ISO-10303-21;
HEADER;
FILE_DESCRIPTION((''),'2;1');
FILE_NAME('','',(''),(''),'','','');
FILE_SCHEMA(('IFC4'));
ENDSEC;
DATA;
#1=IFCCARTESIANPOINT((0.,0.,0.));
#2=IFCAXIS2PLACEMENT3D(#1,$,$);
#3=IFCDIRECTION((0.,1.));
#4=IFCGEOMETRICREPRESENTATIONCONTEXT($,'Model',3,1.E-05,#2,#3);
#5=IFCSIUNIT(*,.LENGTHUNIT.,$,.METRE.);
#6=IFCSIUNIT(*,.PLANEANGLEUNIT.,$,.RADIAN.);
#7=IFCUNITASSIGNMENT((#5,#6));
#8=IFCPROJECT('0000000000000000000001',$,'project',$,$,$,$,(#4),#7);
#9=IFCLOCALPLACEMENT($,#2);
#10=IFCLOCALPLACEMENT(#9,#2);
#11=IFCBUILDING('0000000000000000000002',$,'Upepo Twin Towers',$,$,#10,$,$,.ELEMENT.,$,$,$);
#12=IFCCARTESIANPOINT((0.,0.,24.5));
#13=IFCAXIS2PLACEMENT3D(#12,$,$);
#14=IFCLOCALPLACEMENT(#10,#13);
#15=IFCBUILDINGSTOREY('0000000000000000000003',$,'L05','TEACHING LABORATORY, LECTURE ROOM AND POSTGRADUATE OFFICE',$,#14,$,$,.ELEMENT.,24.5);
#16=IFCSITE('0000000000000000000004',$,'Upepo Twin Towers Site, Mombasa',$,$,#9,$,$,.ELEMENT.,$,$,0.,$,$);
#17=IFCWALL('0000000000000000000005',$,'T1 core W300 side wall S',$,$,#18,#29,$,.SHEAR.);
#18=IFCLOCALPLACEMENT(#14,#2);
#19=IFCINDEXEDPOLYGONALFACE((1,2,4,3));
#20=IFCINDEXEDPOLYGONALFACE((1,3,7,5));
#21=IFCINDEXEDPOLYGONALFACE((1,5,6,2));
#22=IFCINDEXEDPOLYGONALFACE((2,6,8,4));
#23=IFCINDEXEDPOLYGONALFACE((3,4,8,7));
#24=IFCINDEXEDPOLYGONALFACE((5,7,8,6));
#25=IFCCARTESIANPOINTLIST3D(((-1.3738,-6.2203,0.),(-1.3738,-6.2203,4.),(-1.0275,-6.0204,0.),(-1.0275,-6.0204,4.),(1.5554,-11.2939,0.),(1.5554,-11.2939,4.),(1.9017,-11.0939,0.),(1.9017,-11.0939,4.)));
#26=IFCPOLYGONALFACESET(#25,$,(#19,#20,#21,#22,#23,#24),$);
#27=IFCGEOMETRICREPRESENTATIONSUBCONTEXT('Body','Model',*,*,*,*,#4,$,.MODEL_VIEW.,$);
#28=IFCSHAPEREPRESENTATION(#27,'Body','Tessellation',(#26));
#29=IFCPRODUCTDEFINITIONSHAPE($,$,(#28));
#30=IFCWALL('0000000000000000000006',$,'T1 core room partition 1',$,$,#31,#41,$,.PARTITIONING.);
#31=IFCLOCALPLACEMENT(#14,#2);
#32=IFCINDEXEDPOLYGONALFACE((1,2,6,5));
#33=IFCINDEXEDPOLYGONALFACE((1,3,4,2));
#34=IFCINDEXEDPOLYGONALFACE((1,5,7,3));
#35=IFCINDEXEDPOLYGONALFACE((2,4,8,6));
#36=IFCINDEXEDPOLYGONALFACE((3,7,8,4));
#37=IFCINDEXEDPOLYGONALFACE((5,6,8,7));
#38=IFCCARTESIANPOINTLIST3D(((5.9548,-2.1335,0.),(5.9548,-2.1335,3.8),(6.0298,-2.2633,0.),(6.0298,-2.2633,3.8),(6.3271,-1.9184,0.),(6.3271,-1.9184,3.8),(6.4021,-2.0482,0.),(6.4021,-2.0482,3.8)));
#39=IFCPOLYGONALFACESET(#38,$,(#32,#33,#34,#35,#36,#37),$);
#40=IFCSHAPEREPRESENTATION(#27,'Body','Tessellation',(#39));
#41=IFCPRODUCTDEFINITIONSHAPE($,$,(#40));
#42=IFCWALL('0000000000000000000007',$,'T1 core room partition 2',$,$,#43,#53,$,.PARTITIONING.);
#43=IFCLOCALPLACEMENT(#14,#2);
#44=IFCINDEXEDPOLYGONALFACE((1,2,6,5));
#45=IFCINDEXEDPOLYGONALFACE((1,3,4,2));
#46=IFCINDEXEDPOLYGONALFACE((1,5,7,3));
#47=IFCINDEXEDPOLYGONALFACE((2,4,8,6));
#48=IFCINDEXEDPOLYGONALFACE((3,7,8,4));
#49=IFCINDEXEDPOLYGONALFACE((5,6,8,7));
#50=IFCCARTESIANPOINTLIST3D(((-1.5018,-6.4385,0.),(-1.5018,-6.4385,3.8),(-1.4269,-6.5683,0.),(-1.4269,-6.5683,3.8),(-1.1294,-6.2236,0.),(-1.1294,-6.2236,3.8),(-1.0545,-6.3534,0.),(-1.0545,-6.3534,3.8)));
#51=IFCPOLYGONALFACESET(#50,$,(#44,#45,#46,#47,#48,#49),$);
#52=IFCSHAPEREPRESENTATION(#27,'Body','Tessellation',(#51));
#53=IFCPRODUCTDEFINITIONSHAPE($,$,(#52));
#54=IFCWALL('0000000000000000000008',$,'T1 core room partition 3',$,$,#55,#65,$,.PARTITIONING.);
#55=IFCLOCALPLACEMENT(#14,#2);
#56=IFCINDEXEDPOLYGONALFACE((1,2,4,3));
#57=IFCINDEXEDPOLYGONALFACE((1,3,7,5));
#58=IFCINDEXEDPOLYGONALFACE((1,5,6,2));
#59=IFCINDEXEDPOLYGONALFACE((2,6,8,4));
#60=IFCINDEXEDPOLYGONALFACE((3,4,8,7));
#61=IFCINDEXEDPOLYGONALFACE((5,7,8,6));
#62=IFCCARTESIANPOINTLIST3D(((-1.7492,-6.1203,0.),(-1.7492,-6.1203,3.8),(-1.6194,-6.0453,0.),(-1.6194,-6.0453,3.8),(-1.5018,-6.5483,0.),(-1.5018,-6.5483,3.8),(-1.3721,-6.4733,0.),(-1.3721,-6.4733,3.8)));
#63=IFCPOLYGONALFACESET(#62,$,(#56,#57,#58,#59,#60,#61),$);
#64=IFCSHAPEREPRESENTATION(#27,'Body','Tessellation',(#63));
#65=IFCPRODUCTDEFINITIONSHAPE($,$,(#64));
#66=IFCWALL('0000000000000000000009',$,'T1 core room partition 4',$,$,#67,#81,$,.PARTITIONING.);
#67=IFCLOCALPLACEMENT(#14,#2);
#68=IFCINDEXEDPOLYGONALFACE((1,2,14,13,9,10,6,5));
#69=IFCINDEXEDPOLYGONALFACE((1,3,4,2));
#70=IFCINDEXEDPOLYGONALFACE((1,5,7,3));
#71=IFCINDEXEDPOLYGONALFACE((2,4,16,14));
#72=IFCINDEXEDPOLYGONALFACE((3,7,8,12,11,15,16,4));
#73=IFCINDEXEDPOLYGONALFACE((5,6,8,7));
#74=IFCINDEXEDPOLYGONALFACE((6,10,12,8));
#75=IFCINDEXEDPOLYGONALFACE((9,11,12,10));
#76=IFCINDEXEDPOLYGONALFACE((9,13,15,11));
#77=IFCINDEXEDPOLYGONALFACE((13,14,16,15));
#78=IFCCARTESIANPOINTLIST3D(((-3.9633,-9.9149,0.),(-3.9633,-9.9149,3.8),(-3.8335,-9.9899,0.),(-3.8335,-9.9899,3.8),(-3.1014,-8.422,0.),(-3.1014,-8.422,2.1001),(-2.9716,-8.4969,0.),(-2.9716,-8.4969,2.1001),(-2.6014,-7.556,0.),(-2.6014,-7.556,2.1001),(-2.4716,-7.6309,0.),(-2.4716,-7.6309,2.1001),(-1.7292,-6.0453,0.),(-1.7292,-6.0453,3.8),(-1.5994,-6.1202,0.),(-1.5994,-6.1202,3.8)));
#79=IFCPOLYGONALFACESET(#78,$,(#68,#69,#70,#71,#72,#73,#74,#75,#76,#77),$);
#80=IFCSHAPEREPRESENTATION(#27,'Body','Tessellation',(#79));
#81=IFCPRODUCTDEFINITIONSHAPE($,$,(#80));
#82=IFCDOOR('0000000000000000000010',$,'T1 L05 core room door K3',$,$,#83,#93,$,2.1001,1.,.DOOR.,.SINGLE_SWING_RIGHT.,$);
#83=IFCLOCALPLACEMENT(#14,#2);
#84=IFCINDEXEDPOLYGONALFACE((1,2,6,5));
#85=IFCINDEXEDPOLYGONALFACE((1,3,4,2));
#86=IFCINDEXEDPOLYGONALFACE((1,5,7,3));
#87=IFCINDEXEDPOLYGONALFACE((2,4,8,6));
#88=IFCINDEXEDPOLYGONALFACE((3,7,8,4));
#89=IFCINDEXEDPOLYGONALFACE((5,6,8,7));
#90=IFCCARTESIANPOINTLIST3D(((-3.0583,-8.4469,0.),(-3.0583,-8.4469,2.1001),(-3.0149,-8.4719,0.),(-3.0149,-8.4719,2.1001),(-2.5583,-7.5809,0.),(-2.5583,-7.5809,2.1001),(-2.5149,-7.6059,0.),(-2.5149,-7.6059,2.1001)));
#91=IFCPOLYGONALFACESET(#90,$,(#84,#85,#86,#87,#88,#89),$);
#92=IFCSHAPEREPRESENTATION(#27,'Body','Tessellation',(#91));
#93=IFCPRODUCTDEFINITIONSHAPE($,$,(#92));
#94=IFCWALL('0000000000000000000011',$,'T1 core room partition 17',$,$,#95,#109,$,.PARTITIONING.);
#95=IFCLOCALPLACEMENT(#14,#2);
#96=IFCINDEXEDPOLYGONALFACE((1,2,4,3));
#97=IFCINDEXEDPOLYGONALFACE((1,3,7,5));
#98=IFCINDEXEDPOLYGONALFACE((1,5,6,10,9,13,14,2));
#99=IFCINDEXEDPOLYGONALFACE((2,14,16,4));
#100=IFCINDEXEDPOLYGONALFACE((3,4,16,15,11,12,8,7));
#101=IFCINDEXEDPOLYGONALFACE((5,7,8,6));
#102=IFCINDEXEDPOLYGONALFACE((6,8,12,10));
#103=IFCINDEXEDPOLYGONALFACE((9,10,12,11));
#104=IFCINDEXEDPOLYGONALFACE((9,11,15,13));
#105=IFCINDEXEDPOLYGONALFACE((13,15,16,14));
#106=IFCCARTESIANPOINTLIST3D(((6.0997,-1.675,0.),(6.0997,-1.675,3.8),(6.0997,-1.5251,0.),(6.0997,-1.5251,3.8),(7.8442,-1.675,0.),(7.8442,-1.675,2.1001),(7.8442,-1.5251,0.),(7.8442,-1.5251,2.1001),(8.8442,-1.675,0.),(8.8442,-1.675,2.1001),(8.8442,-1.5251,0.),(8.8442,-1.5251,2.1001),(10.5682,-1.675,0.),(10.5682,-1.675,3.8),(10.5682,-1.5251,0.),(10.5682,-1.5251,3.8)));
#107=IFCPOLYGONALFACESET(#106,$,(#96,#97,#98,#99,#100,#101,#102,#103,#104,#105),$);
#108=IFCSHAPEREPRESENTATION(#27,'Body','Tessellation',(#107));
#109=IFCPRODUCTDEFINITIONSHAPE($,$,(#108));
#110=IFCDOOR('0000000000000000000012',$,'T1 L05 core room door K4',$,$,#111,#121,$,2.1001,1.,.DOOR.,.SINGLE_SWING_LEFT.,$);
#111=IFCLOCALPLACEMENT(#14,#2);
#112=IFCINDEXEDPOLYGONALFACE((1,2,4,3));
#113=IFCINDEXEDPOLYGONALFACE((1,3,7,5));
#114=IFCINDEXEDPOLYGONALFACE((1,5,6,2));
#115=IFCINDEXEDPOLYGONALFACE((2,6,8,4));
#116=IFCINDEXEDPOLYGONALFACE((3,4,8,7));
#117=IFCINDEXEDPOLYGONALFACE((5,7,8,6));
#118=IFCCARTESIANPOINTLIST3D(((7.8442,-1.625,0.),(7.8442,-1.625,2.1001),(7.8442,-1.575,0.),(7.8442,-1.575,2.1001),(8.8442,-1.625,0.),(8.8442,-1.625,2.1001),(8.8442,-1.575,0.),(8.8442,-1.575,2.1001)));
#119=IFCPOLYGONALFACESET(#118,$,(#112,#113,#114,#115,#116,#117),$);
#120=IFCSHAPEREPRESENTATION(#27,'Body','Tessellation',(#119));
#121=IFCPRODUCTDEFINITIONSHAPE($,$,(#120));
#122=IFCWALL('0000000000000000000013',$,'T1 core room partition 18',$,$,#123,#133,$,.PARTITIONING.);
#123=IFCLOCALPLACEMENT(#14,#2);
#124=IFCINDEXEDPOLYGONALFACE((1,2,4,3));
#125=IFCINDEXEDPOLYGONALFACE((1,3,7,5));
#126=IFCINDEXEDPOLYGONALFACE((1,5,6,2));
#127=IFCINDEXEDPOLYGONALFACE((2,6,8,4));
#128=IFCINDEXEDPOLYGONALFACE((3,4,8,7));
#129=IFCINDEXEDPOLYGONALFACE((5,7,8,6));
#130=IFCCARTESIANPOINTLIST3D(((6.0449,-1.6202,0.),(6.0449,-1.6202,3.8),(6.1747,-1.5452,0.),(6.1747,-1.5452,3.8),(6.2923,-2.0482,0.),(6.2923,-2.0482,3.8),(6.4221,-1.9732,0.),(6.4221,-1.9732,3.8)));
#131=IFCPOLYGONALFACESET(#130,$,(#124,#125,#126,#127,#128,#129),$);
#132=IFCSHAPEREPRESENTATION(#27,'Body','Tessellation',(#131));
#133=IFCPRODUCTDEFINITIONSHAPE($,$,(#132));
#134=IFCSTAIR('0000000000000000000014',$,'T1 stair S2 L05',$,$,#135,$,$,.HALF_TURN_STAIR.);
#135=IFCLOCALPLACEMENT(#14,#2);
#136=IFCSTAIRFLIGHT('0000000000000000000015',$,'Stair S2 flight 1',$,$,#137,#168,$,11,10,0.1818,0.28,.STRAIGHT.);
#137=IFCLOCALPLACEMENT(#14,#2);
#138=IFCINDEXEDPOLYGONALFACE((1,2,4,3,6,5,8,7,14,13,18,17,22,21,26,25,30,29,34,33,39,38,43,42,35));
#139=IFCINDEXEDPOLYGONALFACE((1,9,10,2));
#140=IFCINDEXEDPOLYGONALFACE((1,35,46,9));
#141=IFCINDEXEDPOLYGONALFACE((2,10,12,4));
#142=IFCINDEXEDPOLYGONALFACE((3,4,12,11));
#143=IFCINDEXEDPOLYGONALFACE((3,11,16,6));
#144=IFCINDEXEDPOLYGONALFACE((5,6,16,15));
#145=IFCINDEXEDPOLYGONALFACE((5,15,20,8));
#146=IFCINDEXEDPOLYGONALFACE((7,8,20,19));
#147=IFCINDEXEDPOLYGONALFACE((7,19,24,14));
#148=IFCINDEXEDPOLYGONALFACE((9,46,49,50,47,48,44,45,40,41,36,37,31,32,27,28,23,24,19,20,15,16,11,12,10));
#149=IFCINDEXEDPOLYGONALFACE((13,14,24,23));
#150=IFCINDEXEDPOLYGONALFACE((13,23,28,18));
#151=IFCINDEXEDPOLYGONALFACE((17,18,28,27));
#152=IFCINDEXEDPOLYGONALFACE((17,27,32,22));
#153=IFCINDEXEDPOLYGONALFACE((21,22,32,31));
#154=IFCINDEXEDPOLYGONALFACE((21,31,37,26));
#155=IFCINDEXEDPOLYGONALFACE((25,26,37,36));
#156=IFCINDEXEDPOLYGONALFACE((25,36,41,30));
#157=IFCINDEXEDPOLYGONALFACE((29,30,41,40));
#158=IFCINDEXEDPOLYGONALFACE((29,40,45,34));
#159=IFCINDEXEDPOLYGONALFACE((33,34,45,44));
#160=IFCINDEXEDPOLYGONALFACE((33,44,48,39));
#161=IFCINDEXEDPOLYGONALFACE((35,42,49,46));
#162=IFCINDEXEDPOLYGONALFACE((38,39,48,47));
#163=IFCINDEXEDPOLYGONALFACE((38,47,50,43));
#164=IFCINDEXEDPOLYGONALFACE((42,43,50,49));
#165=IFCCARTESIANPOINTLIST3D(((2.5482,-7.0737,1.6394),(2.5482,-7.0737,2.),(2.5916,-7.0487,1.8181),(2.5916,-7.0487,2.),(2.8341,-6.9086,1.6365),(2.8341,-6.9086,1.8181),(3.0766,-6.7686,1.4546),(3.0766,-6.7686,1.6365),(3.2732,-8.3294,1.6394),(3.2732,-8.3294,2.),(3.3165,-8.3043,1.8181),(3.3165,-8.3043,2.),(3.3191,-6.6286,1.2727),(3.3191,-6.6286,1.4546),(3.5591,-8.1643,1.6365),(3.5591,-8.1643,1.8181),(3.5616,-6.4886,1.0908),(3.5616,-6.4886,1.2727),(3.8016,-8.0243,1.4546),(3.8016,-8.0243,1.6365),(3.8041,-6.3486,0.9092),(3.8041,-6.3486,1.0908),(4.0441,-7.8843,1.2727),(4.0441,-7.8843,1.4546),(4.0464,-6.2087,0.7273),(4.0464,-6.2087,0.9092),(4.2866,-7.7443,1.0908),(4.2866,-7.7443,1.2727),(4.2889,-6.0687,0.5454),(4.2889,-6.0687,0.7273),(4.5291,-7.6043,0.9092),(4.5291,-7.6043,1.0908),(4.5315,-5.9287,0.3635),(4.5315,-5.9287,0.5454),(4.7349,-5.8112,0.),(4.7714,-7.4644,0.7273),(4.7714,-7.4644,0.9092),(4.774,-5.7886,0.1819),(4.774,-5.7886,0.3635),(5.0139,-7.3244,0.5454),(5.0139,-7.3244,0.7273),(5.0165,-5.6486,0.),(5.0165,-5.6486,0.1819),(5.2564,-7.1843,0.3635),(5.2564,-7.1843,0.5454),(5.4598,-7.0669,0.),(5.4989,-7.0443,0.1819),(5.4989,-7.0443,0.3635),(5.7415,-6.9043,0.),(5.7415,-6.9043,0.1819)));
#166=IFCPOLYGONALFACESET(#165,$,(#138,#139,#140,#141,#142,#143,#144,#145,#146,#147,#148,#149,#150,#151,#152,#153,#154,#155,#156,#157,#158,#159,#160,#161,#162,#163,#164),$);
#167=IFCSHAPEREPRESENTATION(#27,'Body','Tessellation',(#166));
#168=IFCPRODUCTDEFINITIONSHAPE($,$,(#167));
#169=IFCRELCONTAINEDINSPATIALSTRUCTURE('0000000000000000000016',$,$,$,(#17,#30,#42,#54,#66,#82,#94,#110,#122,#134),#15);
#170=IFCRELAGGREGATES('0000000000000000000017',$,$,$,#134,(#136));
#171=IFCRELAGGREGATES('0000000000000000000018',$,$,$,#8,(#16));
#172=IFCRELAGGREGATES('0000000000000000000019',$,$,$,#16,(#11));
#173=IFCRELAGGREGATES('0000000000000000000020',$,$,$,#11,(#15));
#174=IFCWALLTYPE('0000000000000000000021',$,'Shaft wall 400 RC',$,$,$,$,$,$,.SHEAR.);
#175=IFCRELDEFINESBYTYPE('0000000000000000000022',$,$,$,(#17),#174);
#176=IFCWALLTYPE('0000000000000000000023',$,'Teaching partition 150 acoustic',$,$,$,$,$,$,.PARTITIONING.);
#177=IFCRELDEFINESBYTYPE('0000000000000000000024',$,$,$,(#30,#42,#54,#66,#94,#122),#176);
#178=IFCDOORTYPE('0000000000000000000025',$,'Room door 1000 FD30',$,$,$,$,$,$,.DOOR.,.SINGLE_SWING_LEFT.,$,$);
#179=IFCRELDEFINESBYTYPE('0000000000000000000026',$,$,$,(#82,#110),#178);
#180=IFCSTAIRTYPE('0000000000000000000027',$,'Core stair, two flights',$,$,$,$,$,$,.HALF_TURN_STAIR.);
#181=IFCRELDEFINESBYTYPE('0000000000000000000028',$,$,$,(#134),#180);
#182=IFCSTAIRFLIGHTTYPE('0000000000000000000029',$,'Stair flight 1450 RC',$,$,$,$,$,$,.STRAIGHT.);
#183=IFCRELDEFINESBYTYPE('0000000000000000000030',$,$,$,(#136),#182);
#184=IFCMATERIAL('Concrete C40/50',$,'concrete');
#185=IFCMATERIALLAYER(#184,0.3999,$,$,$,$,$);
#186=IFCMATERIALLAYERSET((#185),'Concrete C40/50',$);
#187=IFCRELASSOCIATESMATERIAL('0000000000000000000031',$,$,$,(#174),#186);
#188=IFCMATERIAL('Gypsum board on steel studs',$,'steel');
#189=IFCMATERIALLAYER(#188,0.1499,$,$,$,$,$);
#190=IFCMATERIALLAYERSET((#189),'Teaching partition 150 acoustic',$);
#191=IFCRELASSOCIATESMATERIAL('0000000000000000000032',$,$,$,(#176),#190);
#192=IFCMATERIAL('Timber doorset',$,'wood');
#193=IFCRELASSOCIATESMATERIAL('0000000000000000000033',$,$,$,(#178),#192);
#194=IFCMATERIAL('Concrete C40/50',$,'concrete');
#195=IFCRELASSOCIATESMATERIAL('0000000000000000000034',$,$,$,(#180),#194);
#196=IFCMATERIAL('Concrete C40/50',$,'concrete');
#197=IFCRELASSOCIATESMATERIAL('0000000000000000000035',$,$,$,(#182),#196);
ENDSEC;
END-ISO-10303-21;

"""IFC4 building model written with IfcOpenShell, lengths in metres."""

from ifc_helpers import new_model, si_unit, direction, frame, frame_2d, origin, place, context, subcontext, project, spatial, polyline, rectangle, outline, extrude, material, layer, layer_set, type_object, element, fill, aggregate, save


model = new_model("IFC4")

# Units and contexts
model_context = context("Model", 3, precision=1e-05, world=origin(), true_north=direction((0.0, 1.0)))
body_context = subcontext(model_context, "Body", "Model", "MODEL_VIEW")
ifc_project = project(units=[si_unit("LENGTHUNIT", "METRE"), si_unit("PLANEANGLEUNIT", "RADIAN")], contexts=[model_context])

# Site, building, storey
site_placement = place(None, origin())
site = spatial("IfcSite", under=ifc_project, at=site_placement, Name="Upepo Twin Towers Site, Mombasa", CompositionType="ELEMENT", RefElevation=0.0)
building_placement = place(site_placement, origin())
building = spatial("IfcBuilding", under=site, at=building_placement, Name="Upepo Twin Towers", CompositionType="ELEMENT")
storey_placement = place(building_placement, frame((0.0, 0.0, 24.5)))
storey = spatial("IfcBuildingStorey", under=building, at=storey_placement, Name="L05", Description="TEACHING LABORATORY, LECTURE ROOM AND POSTGRADUATE OFFICE", CompositionType="ELEMENT", Elevation=24.5)

# Walls
ifc_material_1 = material(Name="Concrete C40/50", Category="concrete")
ifc_layer_1 = layer(ifc_material_1, 0.3999)
ifc_layer_set_1 = layer_set([ifc_layer_1], Name="Concrete C40/50")
wall_type_1 = type_object("IfcWallType", Name="Shaft wall 400 RC", PredefinedType="SHEAR", material=ifc_layer_set_1)
for number, where, z_axis, x_axis, name in (
    (1, (-1.2007, -6.1204, 0.0), (0.0, 0.0, 1.0), (0.500003, -0.866024, 0.0), "T1 core W300 side wall S"),
):
    element("IfcWall", number, at=place(storey_placement, frame(where, z_axis=z_axis, x_axis=x_axis)), inside=storey, type_object=wall_type_1, Name=name, PredefinedType="SHEAR", context=body_context, shape_type="SweptSolid", body=[
        extrude(rectangle(XDim=5.8584, YDim=0.3999, at=frame_2d((2.9292, 0.0))), origin(), (0.0, 0.0, 1.0), 4.0),
    ])
ifc_material_2 = material(Name="Gypsum board on steel studs", Category="steel")
ifc_layer_2 = layer(ifc_material_2, 0.1499)
ifc_layer_set_2 = layer_set([ifc_layer_2], Name="Teaching partition 150 acoustic")
wall_type_2 = type_object("IfcWallType", Name="Teaching partition 150 acoustic", PredefinedType="PARTITIONING", material=ifc_layer_set_2)
for number, where, z_axis, x_axis, name in (
    (2, (6.3645, -1.9834, 0.0), (0.0, 0.0, 1.0), (-0.865892, -0.50023, 0.0), "T1 core room partition 1"),
    (3, (-1.092, -6.2886, 0.0), (0.0, 0.0, 1.0), (-0.866138, -0.499804, 0.0), "T1 core room partition 2"),
):
    element("IfcWall", number, at=place(storey_placement, frame(where, z_axis=z_axis, x_axis=x_axis)), inside=storey, type_object=wall_type_2, Name=name, PredefinedType="PARTITIONING", context=body_context, shape_type="SweptSolid", body=[
        extrude(rectangle(XDim=0.4299, YDim=0.1499, at=frame_2d((0.2148, 0.0))), origin(), (0.0, 0.0, 1.0), 3.8),
    ])
wall_1_placement = place(storey_placement, frame((-1.437, -6.5107, 0.0), z_axis=(0.0, 0.0, 1.0), x_axis=(-0.500335, 0.865832, 0.0)))
element("IfcWall", 4, at=wall_1_placement, inside=storey, type_object=wall_type_2, Name="T1 core room partition 3", PredefinedType="PARTITIONING", context=body_context, shape_type="SweptSolid", body=[
    extrude(rectangle(XDim=0.4944, YDim=0.1499, at=frame_2d((0.2471, 0.0))), origin(), (0.0, 0.0, 1.0), 3.8),
])

# Walls, openings, doors
wall_2_placement = place(storey_placement, frame((-1.6643, -6.0828, 0.0), z_axis=(0.0, 0.0, 1.0), x_axis=(-0.5, -0.866025, 0.0)))
wall_2 = element("IfcWall", 5, at=wall_2_placement, inside=storey, type_object=wall_type_2, Name="T1 core room partition 4", PredefinedType="PARTITIONING", context=body_context, shape_type="SweptSolid", body=[
    extrude(rectangle(XDim=4.4683, YDim=0.1499, at=frame_2d((2.2341, 0.0))), origin(), (0.0, 0.0, 1.0), 3.8),
])
opening_1_placement = place(wall_2_placement, frame((1.7444, 0.0, 0.0)))
opening_1 = element("IfcOpeningElement", 6, at=opening_1_placement, cuts=wall_2, PredefinedType="OPENING", context=body_context, shape_type="SweptSolid", body=[
    extrude(rectangle(XDim=1.0, YDim=2.1001, at=frame_2d((0.5, 1.05))), frame((0.0, 0.085, 0.0), z_axis=(0.0, -1.0, 0.0), x_axis=(1.0, 0.0, 0.0)), (0.0, 0.0, 1.0), 0.1699),
])
ifc_material_3 = material(Name="Timber doorset", Category="wood")
door_type_1 = type_object("IfcDoorType", Name="Room door 1000 FD30", OperationType="SINGLE_SWING_LEFT", PredefinedType="DOOR", material=ifc_material_3)
door_1_placement = place(opening_1_placement, origin())
door_1 = element("IfcDoor", 7, at=door_1_placement, inside=storey, type_object=door_type_1, Name="T1 L05 core room door K3", OperationType="SINGLE_SWING_RIGHT", OverallHeight=2.1001, OverallWidth=1.0, PredefinedType="DOOR", context=body_context, shape_type="SweptSolid", body=[
    extrude(rectangle(XDim=1.0, YDim=2.1001, at=frame_2d((0.5, 1.05))), frame((0.0, 0.0249, 0.0), z_axis=(0.0, -1.0, 0.0), x_axis=(1.0, 0.0, 0.0)), (0.0, 0.0, 1.0), 0.05),
])
fill(opening_1, door_1)
wall_3_placement = place(storey_placement, frame((10.5684, -1.6001, 0.0), z_axis=(0.0, 0.0, 1.0), x_axis=(-1.0, 0.0, 0.0)))
wall_3 = element("IfcWall", 8, at=wall_3_placement, inside=storey, type_object=wall_type_2, Name="T1 core room partition 17", PredefinedType="PARTITIONING", context=body_context, shape_type="SweptSolid", body=[
    extrude(rectangle(XDim=4.4685, YDim=0.1499, at=frame_2d((2.2344, 0.0))), origin(), (0.0, 0.0, 1.0), 3.8),
])
opening_2_placement = place(wall_3_placement, frame((1.7241, 0.0, 0.0)))
opening_2 = element("IfcOpeningElement", 9, at=opening_2_placement, cuts=wall_3, PredefinedType="OPENING", context=body_context, shape_type="SweptSolid", body=[
    extrude(rectangle(XDim=1.0, YDim=2.1001, at=frame_2d((0.5, 1.05))), frame((0.0, 0.085, 0.0), z_axis=(0.0, -1.0, 0.0), x_axis=(1.0, 0.0, 0.0)), (0.0, 0.0, 1.0), 0.1699),
])
door_2_placement = place(opening_2_placement, origin())
door_2 = element("IfcDoor", 10, at=door_2_placement, inside=storey, type_object=door_type_1, Name="T1 L05 core room door K4", OperationType="SINGLE_SWING_LEFT", OverallHeight=2.1001, OverallWidth=1.0, PredefinedType="DOOR", context=body_context, shape_type="SweptSolid", body=[
    extrude(rectangle(XDim=1.0, YDim=2.1001, at=frame_2d((0.5, 1.05))), frame((0.0, 0.0249, 0.0), z_axis=(0.0, -1.0, 0.0), x_axis=(1.0, 0.0, 0.0)), (0.0, 0.0, 1.0), 0.05),
])
fill(opening_2, door_2)

# Wall
wall_4_placement = place(storey_placement, frame((6.1099, -1.5828, 0.0), z_axis=(0.0, 0.0, 1.0), x_axis=(0.500335, -0.865832, 0.0)))
element("IfcWall", 11, at=wall_4_placement, inside=storey, type_object=wall_type_2, Name="T1 core room partition 18", PredefinedType="PARTITIONING", context=body_context, shape_type="SweptSolid", body=[
    extrude(rectangle(XDim=0.4944, YDim=0.1499, at=frame_2d((0.2471, 0.0))), origin(), (0.0, 0.0, 1.0), 3.8),
])

# Stair, stair flight
ifc_material_4 = material(Name="Concrete C40/50", Category="concrete")
stair_type = type_object("IfcStairType", Name="Core stair, two flights", PredefinedType="HALF_TURN_STAIR", material=ifc_material_4)
stair_placement = place(storey_placement, origin())
stair = element("IfcStair", 12, at=stair_placement, inside=storey, type_object=stair_type, Name="T1 stair S2 L05", PredefinedType="HALF_TURN_STAIR")
ifc_material_5 = material(Name="Concrete C40/50", Category="concrete")
stair_flight_type = type_object("IfcStairFlightType", Name="Stair flight 1450 RC", PredefinedType="STRAIGHT", material=ifc_material_5)
stair_flight_placement = place(storey_placement, frame((5.3789, -6.2764, 0.0), z_axis=(0.0, 0.0, 1.0), x_axis=(-0.866025, -0.5, 0.0)))
stair_flight = element("IfcStairFlight", 13, at=stair_flight_placement, type_object=stair_flight_type, Name="Stair S2 flight 1", NumberOfRisers=11, NumberOfTreads=10, PredefinedType="STRAIGHT", RiserHeight=0.1818, TreadLength=0.28, context=body_context, shape_type="SweptSolid", body=[
    extrude(outline(polyline([(0.0, 0.0), (0.0, 0.1819), (0.28, 0.1819), (0.28, 0.3635), (0.5601, 0.3635), (0.5601, 0.5454), (0.8401, 0.5454), (0.8401, 0.7273), (1.1201, 0.7273), (1.1201, 0.9092), (1.3999, 0.9092), (1.3999, 1.0908), (1.6799, 1.0908), (1.6799, 1.2727), (1.96, 1.2727), (1.96, 1.4546), (2.24, 1.4546), (2.24, 1.6365), (2.52, 1.6365), (2.52, 1.8181), (2.8, 1.8181), (2.8, 2.0), (2.8501, 2.0), (2.8501, 1.6394), (0.3252, 0.0), (0.0, 0.0)])), frame((0.0, 0.7251, 0.0), z_axis=(0.0, -1.0, 0.0), x_axis=(1.0, 0.0, 0.0)), (0.0, 0.0, 1.0), 1.45),
])
aggregate(stair, [stair_flight])

save(model, "model.ifc")
